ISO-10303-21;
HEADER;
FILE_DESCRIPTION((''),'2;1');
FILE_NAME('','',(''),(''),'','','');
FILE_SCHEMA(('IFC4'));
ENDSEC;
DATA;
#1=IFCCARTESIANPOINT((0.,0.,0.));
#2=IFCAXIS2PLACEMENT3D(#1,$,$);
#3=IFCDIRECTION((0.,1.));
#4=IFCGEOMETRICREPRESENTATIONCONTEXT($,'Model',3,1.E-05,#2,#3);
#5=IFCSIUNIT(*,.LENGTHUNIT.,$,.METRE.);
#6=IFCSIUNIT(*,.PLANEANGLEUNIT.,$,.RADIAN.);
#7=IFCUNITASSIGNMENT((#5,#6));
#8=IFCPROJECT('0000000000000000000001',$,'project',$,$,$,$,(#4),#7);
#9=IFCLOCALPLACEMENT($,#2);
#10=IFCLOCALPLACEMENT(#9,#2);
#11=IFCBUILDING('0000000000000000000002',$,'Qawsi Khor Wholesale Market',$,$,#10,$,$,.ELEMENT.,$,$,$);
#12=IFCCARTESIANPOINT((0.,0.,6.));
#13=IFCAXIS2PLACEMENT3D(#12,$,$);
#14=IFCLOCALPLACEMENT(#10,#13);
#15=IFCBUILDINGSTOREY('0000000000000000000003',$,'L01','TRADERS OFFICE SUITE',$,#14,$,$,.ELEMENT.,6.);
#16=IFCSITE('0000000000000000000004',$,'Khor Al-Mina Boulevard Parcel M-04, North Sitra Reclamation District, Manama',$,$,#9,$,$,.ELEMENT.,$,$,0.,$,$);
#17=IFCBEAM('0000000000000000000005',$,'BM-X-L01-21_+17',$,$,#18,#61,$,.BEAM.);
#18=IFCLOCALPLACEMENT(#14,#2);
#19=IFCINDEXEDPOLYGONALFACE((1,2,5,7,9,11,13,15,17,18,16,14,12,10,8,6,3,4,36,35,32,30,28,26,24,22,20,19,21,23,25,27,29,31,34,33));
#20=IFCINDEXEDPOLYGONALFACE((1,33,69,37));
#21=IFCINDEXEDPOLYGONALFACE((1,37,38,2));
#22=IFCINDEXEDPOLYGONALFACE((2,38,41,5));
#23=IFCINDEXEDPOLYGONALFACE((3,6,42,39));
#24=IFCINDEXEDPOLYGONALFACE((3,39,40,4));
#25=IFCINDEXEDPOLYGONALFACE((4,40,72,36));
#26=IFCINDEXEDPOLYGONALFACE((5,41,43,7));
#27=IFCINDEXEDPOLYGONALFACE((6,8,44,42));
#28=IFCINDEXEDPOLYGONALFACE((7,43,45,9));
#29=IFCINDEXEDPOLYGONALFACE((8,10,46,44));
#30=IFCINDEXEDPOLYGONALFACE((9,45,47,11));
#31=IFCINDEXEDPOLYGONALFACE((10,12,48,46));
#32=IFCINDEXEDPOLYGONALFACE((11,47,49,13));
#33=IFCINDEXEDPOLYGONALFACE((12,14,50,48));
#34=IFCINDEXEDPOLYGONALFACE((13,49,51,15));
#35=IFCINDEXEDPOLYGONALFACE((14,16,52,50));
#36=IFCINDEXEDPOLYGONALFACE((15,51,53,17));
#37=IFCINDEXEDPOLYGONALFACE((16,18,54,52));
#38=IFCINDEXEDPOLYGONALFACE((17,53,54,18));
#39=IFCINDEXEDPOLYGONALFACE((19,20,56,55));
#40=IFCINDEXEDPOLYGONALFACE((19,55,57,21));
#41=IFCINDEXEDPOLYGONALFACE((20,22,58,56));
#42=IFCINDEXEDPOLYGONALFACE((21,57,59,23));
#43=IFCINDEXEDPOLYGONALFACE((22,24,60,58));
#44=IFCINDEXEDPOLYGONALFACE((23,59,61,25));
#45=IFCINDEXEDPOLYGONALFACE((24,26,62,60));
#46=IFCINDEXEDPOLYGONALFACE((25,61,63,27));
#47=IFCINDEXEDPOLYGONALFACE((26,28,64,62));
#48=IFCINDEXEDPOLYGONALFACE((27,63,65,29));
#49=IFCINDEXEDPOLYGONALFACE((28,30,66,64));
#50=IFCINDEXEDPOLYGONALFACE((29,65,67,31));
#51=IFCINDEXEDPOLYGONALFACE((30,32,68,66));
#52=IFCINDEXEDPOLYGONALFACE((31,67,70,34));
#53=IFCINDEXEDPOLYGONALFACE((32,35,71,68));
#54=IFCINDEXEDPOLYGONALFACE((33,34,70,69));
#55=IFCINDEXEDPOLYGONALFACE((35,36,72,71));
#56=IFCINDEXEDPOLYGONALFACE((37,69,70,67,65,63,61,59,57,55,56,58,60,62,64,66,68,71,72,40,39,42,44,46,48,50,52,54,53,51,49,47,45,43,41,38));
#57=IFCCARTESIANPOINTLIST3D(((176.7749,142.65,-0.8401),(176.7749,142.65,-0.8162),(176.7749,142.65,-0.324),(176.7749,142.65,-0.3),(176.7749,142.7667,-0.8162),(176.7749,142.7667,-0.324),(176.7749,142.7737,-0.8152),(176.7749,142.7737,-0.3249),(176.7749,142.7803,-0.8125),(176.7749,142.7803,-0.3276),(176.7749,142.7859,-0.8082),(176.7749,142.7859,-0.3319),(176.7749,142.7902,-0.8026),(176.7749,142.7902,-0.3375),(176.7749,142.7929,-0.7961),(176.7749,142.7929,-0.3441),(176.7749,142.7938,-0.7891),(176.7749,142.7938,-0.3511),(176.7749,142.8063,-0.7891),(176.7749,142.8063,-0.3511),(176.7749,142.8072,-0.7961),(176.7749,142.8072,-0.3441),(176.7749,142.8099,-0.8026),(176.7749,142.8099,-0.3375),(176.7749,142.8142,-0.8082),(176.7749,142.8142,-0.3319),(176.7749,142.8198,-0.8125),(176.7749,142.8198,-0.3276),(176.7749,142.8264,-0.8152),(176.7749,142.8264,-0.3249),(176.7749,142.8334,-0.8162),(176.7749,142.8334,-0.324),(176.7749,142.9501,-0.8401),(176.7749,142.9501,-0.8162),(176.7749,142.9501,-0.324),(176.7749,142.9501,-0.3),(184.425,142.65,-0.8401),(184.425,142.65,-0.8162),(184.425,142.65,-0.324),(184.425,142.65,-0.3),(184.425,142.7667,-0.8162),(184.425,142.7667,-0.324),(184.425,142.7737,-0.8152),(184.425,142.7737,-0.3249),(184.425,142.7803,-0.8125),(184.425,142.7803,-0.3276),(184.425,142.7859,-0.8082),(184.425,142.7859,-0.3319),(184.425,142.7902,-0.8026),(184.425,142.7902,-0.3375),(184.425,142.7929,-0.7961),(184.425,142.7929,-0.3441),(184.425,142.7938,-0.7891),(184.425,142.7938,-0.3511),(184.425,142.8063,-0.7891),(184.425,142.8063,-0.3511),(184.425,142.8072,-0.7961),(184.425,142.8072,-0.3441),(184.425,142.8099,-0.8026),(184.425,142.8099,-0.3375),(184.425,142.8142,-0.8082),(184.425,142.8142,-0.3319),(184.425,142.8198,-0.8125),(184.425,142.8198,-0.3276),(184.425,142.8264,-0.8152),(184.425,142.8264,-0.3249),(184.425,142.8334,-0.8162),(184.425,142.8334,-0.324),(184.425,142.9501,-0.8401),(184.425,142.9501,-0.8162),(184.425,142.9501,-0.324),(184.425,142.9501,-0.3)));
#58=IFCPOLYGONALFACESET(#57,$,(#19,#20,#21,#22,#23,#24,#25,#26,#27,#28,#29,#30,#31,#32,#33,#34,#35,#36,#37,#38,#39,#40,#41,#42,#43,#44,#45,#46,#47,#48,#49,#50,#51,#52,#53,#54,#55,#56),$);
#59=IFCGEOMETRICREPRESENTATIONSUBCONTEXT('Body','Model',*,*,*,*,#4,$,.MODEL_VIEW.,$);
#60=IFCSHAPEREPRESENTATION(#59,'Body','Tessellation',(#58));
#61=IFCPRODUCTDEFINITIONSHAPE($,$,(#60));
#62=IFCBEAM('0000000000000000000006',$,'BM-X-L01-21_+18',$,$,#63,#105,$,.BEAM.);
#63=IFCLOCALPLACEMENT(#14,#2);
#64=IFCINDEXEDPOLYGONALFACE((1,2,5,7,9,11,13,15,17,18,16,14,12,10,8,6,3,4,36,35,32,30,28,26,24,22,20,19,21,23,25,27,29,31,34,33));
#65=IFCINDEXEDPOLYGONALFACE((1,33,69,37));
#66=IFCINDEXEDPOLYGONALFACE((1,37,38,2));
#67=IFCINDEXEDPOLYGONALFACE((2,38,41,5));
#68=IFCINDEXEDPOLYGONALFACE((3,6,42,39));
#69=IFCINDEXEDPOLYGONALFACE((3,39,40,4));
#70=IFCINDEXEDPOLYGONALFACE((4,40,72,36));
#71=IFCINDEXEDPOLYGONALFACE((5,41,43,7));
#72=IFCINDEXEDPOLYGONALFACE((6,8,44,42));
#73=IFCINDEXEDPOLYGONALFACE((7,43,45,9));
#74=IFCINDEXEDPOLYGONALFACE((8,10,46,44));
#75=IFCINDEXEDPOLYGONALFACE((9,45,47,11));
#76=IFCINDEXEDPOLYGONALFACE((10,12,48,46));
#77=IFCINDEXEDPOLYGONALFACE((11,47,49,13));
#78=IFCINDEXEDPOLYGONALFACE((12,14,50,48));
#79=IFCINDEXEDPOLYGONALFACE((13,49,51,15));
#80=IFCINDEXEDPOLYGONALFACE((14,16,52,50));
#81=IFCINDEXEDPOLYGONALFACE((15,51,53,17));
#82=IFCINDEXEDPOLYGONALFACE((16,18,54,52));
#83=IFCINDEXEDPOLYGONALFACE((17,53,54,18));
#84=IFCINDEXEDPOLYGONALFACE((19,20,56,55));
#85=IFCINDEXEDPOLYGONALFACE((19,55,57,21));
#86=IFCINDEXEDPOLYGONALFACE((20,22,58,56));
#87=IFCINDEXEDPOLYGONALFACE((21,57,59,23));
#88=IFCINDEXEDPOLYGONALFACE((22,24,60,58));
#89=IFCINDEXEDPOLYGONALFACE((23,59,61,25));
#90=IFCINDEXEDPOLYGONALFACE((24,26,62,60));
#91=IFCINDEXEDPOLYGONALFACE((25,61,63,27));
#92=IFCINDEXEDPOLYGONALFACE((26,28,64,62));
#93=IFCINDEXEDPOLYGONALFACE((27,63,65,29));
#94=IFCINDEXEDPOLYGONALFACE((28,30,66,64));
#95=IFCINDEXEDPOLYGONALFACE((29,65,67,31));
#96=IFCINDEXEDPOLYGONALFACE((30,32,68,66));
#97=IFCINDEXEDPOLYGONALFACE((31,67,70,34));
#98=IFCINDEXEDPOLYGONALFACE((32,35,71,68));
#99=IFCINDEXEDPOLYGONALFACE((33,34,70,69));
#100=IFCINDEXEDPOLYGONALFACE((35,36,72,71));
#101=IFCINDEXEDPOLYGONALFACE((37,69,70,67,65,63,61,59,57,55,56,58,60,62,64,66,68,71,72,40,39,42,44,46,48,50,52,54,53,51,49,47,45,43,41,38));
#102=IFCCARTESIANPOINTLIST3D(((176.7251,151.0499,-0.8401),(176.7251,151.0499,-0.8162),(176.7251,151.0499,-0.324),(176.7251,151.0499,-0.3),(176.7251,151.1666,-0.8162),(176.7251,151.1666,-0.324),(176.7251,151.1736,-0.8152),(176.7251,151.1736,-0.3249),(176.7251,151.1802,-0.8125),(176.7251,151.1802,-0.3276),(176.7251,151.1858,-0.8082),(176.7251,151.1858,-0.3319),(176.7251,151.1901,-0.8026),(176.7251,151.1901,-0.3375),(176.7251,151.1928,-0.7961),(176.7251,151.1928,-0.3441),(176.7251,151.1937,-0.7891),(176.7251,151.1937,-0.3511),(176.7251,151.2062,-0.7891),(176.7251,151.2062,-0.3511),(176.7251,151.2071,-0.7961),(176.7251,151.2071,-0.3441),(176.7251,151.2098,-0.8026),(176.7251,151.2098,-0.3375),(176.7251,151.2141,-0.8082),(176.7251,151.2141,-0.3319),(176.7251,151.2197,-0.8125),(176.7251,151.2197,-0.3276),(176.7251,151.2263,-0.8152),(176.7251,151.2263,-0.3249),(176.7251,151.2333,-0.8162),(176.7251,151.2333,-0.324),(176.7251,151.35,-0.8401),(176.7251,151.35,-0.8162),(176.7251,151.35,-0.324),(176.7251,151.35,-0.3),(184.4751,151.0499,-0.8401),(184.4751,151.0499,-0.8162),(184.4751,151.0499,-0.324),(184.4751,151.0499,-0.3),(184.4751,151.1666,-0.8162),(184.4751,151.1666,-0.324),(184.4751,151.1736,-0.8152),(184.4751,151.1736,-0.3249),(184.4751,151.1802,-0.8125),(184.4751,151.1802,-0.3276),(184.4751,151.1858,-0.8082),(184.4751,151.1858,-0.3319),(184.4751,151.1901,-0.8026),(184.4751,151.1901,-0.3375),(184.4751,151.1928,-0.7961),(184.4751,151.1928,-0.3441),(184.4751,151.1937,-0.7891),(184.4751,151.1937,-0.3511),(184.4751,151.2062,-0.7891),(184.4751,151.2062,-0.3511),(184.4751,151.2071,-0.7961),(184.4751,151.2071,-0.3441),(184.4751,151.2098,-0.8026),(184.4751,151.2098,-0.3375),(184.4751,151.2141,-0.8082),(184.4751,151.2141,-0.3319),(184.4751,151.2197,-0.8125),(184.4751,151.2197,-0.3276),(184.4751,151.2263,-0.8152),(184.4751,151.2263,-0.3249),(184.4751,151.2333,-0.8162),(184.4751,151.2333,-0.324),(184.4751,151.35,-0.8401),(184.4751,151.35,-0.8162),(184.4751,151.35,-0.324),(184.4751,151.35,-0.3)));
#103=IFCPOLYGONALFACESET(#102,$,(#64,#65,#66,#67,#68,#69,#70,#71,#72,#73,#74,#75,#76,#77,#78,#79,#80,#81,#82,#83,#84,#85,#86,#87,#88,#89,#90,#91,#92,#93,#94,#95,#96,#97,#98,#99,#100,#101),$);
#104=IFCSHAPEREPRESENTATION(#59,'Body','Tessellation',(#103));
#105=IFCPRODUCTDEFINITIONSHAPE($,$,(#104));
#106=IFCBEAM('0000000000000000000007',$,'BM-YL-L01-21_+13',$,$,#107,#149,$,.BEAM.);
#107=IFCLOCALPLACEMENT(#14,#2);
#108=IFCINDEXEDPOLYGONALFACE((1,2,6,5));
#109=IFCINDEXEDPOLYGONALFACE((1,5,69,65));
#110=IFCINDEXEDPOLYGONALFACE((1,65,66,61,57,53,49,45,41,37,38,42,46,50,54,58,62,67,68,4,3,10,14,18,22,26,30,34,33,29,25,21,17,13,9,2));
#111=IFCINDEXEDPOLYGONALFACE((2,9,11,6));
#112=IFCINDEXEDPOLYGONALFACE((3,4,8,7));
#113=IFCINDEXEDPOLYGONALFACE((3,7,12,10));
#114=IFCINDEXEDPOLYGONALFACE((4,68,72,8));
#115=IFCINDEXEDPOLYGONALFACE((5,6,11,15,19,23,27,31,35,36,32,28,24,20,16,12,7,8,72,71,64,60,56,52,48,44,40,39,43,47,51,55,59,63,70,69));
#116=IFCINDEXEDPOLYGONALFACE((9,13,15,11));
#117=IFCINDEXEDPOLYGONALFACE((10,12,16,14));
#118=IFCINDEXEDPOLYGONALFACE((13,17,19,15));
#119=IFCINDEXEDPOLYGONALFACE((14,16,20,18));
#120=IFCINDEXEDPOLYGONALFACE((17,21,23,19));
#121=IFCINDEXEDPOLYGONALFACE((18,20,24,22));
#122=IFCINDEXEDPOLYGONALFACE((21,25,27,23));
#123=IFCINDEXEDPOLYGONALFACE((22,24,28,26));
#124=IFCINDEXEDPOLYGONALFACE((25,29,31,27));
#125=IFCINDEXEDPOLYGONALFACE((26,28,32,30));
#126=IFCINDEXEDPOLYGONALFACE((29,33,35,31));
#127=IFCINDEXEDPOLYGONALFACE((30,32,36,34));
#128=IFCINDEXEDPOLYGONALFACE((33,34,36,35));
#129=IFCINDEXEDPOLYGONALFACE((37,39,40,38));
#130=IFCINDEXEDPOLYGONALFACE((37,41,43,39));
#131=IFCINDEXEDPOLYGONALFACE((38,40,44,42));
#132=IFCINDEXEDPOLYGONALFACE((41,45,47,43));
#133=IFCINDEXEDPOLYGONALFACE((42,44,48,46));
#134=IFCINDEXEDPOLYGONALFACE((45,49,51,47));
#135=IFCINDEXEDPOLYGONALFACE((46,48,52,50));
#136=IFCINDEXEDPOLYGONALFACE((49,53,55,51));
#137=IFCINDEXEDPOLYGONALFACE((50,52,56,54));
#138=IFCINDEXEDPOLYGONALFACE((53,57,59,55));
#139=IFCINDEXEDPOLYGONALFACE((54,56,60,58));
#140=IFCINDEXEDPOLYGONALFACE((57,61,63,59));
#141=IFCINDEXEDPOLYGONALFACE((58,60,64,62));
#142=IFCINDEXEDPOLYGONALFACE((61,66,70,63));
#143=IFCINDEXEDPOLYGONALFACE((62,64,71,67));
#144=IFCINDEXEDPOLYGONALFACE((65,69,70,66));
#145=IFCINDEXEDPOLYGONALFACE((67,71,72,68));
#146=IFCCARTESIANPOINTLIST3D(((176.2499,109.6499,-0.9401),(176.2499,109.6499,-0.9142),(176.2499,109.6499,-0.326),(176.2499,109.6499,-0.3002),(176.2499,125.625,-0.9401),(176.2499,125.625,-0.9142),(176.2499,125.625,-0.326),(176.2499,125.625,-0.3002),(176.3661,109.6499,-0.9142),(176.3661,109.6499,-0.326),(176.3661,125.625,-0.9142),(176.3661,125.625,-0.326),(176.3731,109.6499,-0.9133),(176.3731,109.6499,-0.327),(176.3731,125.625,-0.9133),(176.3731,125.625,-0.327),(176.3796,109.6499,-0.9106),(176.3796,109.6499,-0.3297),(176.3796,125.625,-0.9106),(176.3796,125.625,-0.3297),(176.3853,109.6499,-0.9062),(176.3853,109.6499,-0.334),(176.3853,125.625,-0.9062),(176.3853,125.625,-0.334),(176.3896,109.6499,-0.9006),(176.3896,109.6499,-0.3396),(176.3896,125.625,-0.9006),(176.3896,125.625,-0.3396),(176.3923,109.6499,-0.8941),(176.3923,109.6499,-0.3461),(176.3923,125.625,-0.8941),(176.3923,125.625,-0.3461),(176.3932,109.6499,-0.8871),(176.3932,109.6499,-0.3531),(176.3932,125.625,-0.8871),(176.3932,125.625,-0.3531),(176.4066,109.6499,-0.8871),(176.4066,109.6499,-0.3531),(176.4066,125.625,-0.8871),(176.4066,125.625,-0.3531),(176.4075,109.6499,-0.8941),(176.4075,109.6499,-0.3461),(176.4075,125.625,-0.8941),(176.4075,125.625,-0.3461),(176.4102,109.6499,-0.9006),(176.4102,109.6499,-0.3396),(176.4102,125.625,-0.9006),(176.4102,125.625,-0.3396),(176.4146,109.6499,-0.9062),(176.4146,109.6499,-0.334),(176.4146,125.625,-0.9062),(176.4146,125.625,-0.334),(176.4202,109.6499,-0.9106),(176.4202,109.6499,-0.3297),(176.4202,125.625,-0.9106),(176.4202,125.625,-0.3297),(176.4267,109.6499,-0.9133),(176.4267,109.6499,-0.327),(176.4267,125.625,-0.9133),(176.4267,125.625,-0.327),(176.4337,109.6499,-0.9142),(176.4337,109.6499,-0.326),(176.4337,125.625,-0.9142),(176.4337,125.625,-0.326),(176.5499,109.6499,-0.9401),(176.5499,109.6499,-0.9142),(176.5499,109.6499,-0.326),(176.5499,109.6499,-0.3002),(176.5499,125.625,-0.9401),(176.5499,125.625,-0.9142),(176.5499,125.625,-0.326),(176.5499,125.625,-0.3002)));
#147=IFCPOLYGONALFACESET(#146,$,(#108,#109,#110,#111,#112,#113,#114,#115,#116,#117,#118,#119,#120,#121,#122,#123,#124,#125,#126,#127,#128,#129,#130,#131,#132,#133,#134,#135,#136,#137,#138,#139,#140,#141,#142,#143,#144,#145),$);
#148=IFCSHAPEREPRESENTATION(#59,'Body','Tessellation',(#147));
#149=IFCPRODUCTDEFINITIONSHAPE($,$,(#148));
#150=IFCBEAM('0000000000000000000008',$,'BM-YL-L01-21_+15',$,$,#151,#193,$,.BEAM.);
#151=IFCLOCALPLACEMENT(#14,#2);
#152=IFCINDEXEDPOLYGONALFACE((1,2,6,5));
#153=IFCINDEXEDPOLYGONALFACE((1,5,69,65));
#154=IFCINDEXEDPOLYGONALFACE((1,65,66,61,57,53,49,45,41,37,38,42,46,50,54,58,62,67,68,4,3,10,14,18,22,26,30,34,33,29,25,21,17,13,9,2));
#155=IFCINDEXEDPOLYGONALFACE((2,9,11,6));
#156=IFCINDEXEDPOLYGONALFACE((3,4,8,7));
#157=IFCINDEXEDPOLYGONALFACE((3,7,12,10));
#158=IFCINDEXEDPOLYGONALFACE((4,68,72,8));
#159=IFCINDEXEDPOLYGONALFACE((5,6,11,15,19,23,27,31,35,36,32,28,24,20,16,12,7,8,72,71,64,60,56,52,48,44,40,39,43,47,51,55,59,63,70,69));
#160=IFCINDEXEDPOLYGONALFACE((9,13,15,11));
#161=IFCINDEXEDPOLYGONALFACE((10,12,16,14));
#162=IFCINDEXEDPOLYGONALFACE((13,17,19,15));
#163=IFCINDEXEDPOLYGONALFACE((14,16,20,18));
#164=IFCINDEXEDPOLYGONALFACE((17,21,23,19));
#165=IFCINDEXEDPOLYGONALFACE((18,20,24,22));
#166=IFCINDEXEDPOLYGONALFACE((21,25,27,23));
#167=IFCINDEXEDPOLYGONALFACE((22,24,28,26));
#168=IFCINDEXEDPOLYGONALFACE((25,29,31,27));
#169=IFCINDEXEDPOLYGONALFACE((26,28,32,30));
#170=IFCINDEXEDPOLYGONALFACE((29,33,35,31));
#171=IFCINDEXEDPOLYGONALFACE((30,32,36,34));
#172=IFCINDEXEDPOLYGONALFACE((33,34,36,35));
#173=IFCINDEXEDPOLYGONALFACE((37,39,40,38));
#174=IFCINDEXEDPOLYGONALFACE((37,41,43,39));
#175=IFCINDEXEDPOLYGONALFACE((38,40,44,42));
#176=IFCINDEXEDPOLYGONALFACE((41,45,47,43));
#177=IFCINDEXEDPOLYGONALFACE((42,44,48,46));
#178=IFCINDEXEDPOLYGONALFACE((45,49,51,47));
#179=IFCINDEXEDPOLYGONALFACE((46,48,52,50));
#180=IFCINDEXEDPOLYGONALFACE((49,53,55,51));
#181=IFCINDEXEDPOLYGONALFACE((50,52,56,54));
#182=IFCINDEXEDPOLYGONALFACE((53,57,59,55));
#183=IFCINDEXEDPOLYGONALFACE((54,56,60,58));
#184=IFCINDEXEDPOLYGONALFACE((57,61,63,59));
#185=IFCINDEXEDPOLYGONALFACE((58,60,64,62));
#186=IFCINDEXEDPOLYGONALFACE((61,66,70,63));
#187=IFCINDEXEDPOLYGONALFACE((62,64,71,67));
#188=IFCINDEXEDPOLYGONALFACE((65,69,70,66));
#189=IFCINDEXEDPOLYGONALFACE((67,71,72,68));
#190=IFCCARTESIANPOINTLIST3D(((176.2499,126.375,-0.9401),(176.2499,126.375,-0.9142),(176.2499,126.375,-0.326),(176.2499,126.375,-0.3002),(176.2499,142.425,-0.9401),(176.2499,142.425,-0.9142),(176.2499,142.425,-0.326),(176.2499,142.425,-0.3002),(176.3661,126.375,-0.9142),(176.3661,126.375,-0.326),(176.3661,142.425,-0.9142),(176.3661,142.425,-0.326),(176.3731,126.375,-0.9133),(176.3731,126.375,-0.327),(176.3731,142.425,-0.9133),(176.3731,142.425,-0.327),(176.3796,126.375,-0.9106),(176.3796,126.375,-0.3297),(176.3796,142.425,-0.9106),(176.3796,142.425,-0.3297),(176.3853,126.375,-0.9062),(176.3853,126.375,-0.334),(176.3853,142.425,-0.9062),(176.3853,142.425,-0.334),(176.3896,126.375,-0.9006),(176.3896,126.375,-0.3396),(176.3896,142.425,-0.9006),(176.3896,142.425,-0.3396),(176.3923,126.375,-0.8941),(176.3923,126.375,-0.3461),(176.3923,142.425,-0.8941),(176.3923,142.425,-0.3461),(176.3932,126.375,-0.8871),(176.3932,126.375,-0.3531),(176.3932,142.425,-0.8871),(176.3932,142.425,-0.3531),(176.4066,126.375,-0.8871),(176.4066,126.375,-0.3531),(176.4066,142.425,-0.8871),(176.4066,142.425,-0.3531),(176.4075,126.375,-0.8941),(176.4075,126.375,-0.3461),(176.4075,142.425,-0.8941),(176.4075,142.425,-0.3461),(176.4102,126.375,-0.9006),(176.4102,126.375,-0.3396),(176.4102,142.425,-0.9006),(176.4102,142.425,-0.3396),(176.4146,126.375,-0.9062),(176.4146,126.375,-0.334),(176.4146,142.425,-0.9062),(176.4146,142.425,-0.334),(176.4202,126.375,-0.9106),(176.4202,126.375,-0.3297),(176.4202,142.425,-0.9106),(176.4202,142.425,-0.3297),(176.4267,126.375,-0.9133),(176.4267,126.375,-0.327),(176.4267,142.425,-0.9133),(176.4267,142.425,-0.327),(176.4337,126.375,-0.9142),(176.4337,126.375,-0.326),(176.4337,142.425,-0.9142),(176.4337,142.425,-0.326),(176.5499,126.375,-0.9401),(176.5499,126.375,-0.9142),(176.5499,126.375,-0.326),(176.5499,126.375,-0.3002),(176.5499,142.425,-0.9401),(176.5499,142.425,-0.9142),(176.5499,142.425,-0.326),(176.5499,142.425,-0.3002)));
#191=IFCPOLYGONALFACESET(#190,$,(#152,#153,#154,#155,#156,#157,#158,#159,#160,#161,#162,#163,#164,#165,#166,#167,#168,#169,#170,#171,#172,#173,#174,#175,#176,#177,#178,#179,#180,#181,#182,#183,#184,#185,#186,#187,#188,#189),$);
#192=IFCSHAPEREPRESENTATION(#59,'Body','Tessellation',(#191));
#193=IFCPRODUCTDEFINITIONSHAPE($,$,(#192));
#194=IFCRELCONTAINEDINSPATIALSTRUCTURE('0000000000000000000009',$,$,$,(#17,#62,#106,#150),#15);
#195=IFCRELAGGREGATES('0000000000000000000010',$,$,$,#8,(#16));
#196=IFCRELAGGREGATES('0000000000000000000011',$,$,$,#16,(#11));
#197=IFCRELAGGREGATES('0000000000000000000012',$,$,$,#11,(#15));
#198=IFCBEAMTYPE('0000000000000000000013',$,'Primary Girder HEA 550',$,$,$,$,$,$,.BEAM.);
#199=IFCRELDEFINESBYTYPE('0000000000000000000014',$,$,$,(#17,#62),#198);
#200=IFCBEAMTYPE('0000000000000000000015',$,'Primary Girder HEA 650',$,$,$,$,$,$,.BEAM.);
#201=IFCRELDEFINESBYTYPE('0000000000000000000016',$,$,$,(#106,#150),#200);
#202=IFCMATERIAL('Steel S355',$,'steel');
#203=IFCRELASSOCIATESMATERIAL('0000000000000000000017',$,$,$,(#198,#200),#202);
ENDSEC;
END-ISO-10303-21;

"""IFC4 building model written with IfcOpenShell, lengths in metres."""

from ifc_helpers import new_model, si_unit, direction, frame, origin, origin_2d, place, context, subcontext, project, spatial, i_section, extrude, material, material_profile, profile_set, type_object, element, save


model = new_model("IFC4")

# Units and contexts
model_context = context("Model", 3, precision=1e-05, world=origin(), true_north=direction((0.0, 1.0)))
body_context = subcontext(model_context, "Body", "Model", "MODEL_VIEW")
ifc_project = project(units=[si_unit("LENGTHUNIT", "METRE"), si_unit("PLANEANGLEUNIT", "RADIAN")], contexts=[model_context])

# Site, building, storey
site_placement = place(None, origin())
site = spatial("IfcSite", under=ifc_project, at=site_placement, Name="Khor Al-Mina Boulevard Parcel M-04, North Sitra Reclamation District, Manama", CompositionType="ELEMENT", RefElevation=0.0)
building_placement = place(site_placement, origin())
building = spatial("IfcBuilding", under=site, at=building_placement, Name="Qawsi Khor Wholesale Market", CompositionType="ELEMENT")
storey_placement = place(building_placement, frame((0.0, 0.0, 6.0)))
storey = spatial("IfcBuildingStorey", under=building, at=storey_placement, Name="L01", Description="TRADERS OFFICE SUITE", CompositionType="ELEMENT", Elevation=6.0)

# Beams
ifc_material_1 = material(Name="Steel S355", Category="steel")
ifc_material_profile_1 = material_profile(ifc_material_1, i_section(OverallWidth=0.3, OverallDepth=0.54, WebThickness=0.0125, FlangeThickness=0.0239, FilletRadius=0.0271, at=origin_2d()), Name="HEA 550")
ifc_profile_set_1 = profile_set([ifc_material_profile_1], Name="Steel S355")
beam_type_1 = type_object("IfcBeamType", Name="Primary Girder HEA 550", PredefinedType="BEAM", material=ifc_profile_set_1)
for number, where, z_axis, x_axis, name in (
    (1, (176.7749, 142.8, -0.5701), (1.0, 0.0, 0.0), (0.0, 1.0, 0.0), "BM-X-L01-21_+17"),
):
    element("IfcBeam", number, at=place(storey_placement, frame(where, z_axis=z_axis, x_axis=x_axis)), inside=storey, type_object=beam_type_1, Name=name, PredefinedType="BEAM", context=body_context, shape_type="SweptSolid", body=[
        extrude(i_section(OverallWidth=0.3, OverallDepth=0.54, WebThickness=0.0125, FlangeThickness=0.0239, FilletRadius=0.0271, at=origin_2d()), origin(), (0.0, 0.0, 1.0), 7.6501),
    ])
beam_1_placement = place(storey_placement, frame((176.7251, 151.2, -0.5701), z_axis=(1.0, 0.0, 0.0), x_axis=(0.0, 1.0, 0.0)))
element("IfcBeam", 2, at=beam_1_placement, inside=storey, type_object=beam_type_1, Name="BM-X-L01-21_+18", PredefinedType="BEAM", context=body_context, shape_type="SweptSolid", body=[
    extrude(i_section(OverallWidth=0.3, OverallDepth=0.54, WebThickness=0.0125, FlangeThickness=0.0239, FilletRadius=0.0271, at=origin_2d()), origin(), (0.0, 0.0, 1.0), 7.75),
])
ifc_material_profile_2 = material_profile(ifc_material_1, i_section(OverallWidth=0.3, OverallDepth=0.6399, WebThickness=0.0134, FlangeThickness=0.0259, FilletRadius=0.0271, at=origin_2d()), Name="HEA 650")
ifc_profile_set_2 = profile_set([ifc_material_profile_2], Name="Steel S355")
beam_type_2 = type_object("IfcBeamType", Name="Primary Girder HEA 650", PredefinedType="BEAM", material=ifc_profile_set_2)
beam_2_placement = place(storey_placement, frame((176.3999, 109.6499, -0.6201), z_axis=(0.0, 1.0, 0.0), x_axis=(-1.0, 0.0, 0.0)))
element("IfcBeam", 3, at=beam_2_placement, inside=storey, type_object=beam_type_2, Name="BM-YL-L01-21_+13", PredefinedType="BEAM", context=body_context, shape_type="SweptSolid", body=[
    extrude(i_section(OverallWidth=0.3, OverallDepth=0.6399, WebThickness=0.0134, FlangeThickness=0.0259, FilletRadius=0.0271, at=origin_2d()), origin(), (0.0, 0.0, 1.0), 15.9751),
])
beam_3_placement = place(storey_placement, frame((176.3999, 126.375, -0.6201), z_axis=(0.0, 1.0, 0.0), x_axis=(-1.0, 0.0, 0.0)))
element("IfcBeam", 4, at=beam_3_placement, inside=storey, type_object=beam_type_2, Name="BM-YL-L01-21_+15", PredefinedType="BEAM", context=body_context, shape_type="SweptSolid", body=[
    extrude(i_section(OverallWidth=0.3, OverallDepth=0.6399, WebThickness=0.0134, FlangeThickness=0.0259, FilletRadius=0.0271, at=origin_2d()), origin(), (0.0, 0.0, 1.0), 16.05),
])

save(model, "model.ifc")
